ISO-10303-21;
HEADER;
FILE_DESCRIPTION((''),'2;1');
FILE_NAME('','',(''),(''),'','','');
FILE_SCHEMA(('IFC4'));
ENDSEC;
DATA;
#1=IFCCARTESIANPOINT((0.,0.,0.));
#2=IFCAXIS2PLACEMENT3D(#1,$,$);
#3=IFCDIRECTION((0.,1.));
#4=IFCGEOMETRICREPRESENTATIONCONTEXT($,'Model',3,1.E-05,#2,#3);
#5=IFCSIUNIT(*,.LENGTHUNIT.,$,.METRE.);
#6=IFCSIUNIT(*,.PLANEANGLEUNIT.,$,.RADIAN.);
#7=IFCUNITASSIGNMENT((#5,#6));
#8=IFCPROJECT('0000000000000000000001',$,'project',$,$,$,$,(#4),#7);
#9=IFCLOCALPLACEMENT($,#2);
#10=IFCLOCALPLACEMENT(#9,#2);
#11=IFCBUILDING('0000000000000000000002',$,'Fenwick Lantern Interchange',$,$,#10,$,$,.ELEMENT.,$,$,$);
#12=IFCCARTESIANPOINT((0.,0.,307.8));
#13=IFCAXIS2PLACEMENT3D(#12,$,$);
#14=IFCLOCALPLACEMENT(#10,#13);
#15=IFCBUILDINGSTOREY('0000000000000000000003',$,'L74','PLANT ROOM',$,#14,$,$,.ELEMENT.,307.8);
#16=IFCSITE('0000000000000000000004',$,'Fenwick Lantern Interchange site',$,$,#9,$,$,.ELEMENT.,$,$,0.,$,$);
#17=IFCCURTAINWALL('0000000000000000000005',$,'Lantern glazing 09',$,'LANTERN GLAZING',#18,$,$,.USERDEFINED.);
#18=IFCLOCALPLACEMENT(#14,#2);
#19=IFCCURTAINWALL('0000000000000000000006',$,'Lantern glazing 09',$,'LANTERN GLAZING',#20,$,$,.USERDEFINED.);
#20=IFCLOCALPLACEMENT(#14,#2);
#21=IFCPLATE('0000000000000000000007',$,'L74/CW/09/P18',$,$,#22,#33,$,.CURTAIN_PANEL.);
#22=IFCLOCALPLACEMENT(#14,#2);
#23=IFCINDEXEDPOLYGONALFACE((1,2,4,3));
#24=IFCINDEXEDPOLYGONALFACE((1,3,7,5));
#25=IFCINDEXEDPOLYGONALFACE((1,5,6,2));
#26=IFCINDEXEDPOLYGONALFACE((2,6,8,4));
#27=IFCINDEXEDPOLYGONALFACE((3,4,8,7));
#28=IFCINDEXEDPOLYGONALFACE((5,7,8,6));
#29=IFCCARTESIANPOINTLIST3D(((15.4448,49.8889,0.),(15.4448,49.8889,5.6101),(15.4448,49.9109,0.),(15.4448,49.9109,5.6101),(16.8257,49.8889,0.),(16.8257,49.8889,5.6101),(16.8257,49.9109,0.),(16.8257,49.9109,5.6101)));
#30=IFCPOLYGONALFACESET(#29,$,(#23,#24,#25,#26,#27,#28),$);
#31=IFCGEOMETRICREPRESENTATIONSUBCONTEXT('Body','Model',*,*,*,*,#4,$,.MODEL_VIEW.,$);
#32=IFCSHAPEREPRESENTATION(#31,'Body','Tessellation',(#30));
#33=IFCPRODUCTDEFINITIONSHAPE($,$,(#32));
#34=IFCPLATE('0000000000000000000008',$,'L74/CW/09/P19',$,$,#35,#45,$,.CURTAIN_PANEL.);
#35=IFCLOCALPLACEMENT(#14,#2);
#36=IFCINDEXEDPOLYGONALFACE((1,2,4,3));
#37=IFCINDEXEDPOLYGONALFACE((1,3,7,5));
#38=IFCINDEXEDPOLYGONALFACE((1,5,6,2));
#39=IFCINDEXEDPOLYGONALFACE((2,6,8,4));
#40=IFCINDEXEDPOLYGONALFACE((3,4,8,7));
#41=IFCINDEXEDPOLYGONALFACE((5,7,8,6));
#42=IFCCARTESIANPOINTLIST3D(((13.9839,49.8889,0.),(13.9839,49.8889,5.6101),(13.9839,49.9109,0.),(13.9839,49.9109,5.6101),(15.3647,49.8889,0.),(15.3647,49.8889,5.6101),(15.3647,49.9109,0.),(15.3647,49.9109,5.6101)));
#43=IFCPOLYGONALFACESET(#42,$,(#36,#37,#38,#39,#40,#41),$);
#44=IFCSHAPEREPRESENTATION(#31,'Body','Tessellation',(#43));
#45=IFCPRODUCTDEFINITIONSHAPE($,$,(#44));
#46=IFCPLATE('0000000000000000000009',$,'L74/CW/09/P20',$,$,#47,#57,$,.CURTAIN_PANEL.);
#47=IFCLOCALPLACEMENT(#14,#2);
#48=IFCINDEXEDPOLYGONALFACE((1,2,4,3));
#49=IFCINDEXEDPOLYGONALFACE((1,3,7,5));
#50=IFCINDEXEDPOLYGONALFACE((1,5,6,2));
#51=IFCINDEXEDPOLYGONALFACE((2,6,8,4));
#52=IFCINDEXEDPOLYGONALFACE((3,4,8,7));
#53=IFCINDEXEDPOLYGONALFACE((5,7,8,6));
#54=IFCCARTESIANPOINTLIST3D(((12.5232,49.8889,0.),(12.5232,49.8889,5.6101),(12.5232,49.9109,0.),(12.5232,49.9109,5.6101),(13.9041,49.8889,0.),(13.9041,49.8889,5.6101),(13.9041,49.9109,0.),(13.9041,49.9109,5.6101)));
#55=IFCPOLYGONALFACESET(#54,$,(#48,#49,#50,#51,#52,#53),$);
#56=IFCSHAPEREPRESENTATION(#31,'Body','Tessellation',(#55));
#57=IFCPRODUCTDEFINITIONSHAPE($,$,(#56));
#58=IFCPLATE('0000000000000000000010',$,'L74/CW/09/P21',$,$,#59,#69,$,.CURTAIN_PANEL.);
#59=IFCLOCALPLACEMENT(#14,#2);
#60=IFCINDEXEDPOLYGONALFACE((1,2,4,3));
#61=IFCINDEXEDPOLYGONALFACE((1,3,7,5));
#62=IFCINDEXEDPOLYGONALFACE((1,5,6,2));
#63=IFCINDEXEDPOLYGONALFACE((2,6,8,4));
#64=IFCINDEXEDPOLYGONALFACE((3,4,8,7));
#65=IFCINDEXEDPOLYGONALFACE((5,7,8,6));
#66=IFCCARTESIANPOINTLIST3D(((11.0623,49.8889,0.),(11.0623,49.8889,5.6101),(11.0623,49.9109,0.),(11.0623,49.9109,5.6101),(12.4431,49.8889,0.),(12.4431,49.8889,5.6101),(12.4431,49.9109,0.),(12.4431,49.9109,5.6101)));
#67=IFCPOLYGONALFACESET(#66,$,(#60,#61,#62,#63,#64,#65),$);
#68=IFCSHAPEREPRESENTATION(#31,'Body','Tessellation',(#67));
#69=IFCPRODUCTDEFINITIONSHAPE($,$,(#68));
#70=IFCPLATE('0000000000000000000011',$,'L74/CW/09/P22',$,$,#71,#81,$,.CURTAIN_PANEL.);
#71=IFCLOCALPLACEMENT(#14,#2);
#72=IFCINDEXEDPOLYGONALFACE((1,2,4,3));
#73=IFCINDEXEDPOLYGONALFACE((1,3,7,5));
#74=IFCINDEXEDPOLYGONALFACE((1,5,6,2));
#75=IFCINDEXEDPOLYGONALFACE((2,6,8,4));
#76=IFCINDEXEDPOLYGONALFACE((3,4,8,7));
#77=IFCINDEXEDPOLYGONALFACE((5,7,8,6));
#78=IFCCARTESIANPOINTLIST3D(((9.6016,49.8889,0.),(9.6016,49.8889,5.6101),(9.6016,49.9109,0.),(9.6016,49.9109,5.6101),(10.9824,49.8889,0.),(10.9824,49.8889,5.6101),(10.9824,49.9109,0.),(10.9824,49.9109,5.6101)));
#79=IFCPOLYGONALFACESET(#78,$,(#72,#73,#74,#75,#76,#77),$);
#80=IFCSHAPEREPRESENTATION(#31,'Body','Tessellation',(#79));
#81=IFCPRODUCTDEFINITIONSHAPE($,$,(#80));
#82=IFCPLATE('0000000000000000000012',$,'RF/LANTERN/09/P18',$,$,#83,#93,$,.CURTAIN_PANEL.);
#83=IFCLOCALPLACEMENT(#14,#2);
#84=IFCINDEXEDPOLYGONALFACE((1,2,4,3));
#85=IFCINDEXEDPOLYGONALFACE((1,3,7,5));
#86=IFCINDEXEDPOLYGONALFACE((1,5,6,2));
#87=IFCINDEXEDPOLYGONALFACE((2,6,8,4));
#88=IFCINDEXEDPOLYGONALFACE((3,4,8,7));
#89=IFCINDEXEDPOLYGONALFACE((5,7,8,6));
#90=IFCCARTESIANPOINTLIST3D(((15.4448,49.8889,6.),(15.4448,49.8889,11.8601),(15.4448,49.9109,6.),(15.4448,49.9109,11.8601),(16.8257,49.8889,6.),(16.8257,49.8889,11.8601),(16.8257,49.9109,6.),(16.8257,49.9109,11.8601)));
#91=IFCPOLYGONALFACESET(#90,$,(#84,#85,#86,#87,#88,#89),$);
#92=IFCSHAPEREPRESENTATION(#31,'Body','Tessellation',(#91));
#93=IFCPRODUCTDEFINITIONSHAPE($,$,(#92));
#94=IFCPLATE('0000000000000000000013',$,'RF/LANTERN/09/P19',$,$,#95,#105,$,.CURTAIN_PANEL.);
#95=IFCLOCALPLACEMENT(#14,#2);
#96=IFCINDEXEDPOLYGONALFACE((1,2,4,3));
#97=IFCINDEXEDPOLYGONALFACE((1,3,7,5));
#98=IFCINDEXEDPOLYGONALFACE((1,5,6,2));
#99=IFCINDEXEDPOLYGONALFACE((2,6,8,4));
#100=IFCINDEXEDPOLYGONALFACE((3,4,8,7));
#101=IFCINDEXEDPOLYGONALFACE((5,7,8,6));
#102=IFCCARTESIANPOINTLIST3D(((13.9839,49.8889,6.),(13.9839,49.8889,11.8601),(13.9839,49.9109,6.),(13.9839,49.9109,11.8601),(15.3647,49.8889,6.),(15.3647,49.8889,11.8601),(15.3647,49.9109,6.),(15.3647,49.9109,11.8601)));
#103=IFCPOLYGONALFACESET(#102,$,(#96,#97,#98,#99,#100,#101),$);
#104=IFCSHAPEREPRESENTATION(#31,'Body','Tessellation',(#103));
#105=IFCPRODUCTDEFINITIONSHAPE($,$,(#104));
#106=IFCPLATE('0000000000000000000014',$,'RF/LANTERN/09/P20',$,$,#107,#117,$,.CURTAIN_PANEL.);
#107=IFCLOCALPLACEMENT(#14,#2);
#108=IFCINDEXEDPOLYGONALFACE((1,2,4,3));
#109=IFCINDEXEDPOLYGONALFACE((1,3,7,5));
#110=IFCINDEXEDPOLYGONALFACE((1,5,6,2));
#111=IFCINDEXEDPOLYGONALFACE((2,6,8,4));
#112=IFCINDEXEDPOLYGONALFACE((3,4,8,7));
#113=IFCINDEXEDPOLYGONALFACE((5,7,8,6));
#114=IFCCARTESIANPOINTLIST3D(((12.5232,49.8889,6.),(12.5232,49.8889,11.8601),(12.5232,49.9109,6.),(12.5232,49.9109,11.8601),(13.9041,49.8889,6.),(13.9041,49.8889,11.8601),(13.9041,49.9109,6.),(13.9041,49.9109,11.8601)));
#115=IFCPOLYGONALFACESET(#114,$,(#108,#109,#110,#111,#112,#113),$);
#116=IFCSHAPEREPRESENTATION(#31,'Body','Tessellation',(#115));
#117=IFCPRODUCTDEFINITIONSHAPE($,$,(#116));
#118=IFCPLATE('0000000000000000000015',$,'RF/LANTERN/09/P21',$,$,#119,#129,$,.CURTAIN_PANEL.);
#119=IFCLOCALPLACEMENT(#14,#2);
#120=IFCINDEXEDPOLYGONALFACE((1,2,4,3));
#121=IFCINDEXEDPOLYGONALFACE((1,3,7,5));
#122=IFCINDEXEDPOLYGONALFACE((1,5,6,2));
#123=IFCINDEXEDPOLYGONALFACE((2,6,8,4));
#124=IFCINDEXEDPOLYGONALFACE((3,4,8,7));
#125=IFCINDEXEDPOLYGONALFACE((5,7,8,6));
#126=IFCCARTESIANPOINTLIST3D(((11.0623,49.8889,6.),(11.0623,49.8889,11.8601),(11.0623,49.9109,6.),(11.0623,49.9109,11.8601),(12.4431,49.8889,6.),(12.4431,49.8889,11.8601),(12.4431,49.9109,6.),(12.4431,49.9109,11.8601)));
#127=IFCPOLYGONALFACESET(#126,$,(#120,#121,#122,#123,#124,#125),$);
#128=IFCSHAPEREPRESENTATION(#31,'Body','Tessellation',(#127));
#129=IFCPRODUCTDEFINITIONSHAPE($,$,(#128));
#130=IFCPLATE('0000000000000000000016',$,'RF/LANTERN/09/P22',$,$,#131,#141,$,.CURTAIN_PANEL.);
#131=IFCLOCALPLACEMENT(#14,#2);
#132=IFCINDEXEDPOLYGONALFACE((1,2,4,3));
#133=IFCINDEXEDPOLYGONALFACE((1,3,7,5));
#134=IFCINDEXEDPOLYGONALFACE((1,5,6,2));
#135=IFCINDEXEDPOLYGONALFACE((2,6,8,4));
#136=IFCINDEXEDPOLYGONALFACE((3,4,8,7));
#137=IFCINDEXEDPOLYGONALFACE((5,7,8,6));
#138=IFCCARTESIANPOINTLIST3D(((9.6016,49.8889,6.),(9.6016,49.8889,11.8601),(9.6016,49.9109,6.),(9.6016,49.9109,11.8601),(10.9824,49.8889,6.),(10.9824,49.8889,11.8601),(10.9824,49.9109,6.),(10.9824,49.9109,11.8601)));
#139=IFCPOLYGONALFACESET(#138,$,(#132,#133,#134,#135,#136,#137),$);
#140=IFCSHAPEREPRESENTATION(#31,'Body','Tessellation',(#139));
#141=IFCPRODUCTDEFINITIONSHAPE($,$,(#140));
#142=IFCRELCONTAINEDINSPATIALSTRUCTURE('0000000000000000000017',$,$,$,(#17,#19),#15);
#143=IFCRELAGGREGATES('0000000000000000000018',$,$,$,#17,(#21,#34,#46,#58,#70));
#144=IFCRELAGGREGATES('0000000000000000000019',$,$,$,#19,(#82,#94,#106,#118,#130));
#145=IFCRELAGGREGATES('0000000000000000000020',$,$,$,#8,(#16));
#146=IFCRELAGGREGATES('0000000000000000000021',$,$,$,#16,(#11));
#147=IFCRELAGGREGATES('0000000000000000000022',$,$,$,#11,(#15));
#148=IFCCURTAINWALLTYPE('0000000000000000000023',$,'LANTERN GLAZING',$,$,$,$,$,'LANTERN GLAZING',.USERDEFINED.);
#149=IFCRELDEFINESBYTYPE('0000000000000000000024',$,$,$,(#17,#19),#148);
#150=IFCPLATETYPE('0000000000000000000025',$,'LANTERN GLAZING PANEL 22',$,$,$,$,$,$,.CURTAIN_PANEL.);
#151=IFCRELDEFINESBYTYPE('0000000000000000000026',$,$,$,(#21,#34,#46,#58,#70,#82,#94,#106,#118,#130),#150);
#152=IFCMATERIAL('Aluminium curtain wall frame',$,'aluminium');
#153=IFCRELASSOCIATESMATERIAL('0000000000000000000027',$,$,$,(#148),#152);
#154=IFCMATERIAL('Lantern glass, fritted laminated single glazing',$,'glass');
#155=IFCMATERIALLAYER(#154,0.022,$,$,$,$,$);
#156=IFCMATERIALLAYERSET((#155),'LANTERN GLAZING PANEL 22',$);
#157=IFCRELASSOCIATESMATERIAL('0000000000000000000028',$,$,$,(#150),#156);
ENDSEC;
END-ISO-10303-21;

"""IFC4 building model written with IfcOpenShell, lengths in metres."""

from ifc_helpers import new_model, si_unit, direction, frame, origin, origin_2d, place, context, subcontext, project, spatial, rectangle, extrude, material, layer, layer_set, type_object, element, aggregate, save


model = new_model("IFC4")

# Units and contexts
model_context = context("Model", 3, precision=1e-05, world=origin(), true_north=direction((0.0, 1.0)))
body_context = subcontext(model_context, "Body", "Model", "MODEL_VIEW")
ifc_project = project(units=[si_unit("LENGTHUNIT", "METRE"), si_unit("PLANEANGLEUNIT", "RADIAN")], contexts=[model_context])

# Site, building, storey
site_placement = place(None, origin())
site = spatial("IfcSite", under=ifc_project, at=site_placement, Name="Fenwick Lantern Interchange site", CompositionType="ELEMENT", RefElevation=0.0)
building_placement = place(site_placement, origin())
building = spatial("IfcBuilding", under=site, at=building_placement, Name="Fenwick Lantern Interchange", CompositionType="ELEMENT")
storey_placement = place(building_placement, frame((0.0, 0.0, 307.8)))
storey = spatial("IfcBuildingStorey", under=building, at=storey_placement, Name="L74", Description="PLANT ROOM", CompositionType="ELEMENT", Elevation=307.8)

# Curtain walls
ifc_material_1 = material(Name="Aluminium curtain wall frame", Category="aluminium")
curtain_wall_type = type_object("IfcCurtainWallType", Name="LANTERN GLAZING", ElementType="LANTERN GLAZING", PredefinedType="USERDEFINED", material=ifc_material_1)
curtain_wall_1_placement = place(storey_placement, origin())
curtain_wall_1 = element("IfcCurtainWall", 1, at=curtain_wall_1_placement, inside=storey, type_object=curtain_wall_type, Name="Lantern glazing 09", ObjectType="LANTERN GLAZING", PredefinedType="USERDEFINED")
curtain_wall_2_placement = place(storey_placement, origin())
curtain_wall_2 = element("IfcCurtainWall", 2, at=curtain_wall_2_placement, inside=storey, type_object=curtain_wall_type, Name="Lantern glazing 09", ObjectType="LANTERN GLAZING", PredefinedType="USERDEFINED")

# Plates
ifc_material_2 = material(Name="Lantern glass, fritted laminated single glazing", Category="glass")
ifc_layer = layer(ifc_material_2, 0.022)
ifc_layer_set = layer_set([ifc_layer], Name="LANTERN GLAZING PANEL 22")
plate_type = type_object("IfcPlateType", Name="LANTERN GLAZING PANEL 22", PredefinedType="CURTAIN_PANEL", material=ifc_layer_set)
plate_1_placement = place(storey_placement, frame((16.1353, 49.8999, 0.0), z_axis=(0.0, 0.0, 1.0), x_axis=(-1.0, 0.0, 0.0)))
plate_1 = element("IfcPlate", 3, at=plate_1_placement, type_object=plate_type, Name="L74/CW/09/P18", PredefinedType="CURTAIN_PANEL", context=body_context, shape_type="SweptSolid", body=[
    extrude(rectangle(XDim=1.3809, YDim=0.022, at=origin_2d()), origin(), (0.0, 0.0, 1.0), 5.6101),
])
plate_2_placement = place(storey_placement, frame((14.6743, 49.8999, 0.0), z_axis=(0.0, 0.0, 1.0), x_axis=(-1.0, 0.0, 0.0)))
plate_2 = element("IfcPlate", 4, at=plate_2_placement, type_object=plate_type, Name="L74/CW/09/P19", PredefinedType="CURTAIN_PANEL", context=body_context, shape_type="SweptSolid", body=[
    extrude(rectangle(XDim=1.3809, YDim=0.022, at=origin_2d()), origin(), (0.0, 0.0, 1.0), 5.6101),
])
plate_3_placement = place(storey_placement, frame((13.2136, 49.8999, 0.0), z_axis=(0.0, 0.0, 1.0), x_axis=(-1.0, 0.0, 0.0)))
plate_3 = element("IfcPlate", 5, at=plate_3_placement, type_object=plate_type, Name="L74/CW/09/P20", PredefinedType="CURTAIN_PANEL", context=body_context, shape_type="SweptSolid", body=[
    extrude(rectangle(XDim=1.3809, YDim=0.022, at=origin_2d()), origin(), (0.0, 0.0, 1.0), 5.6101),
])
plate_4_placement = place(storey_placement, frame((11.7527, 49.8999, 0.0), z_axis=(0.0, 0.0, 1.0), x_axis=(-1.0, 0.0, 0.0)))
plate_4 = element("IfcPlate", 6, at=plate_4_placement, type_object=plate_type, Name="L74/CW/09/P21", PredefinedType="CURTAIN_PANEL", context=body_context, shape_type="SweptSolid", body=[
    extrude(rectangle(XDim=1.3809, YDim=0.022, at=origin_2d()), origin(), (0.0, 0.0, 1.0), 5.6101),
])
plate_5_placement = place(storey_placement, frame((10.292, 49.8999, 0.0), z_axis=(0.0, 0.0, 1.0), x_axis=(-1.0, 0.0, 0.0)))
plate_5 = element("IfcPlate", 7, at=plate_5_placement, type_object=plate_type, Name="L74/CW/09/P22", PredefinedType="CURTAIN_PANEL", context=body_context, shape_type="SweptSolid", body=[
    extrude(rectangle(XDim=1.3809, YDim=0.022, at=origin_2d()), origin(), (0.0, 0.0, 1.0), 5.6101),
])
aggregate(curtain_wall_1, [plate_1, plate_2, plate_3, plate_4, plate_5])
plate_6_placement = place(storey_placement, frame((16.1353, 49.8999, 6.0), z_axis=(0.0, 0.0, 1.0), x_axis=(-1.0, 0.0, 0.0)))
plate_6 = element("IfcPlate", 8, at=plate_6_placement, type_object=plate_type, Name="RF/LANTERN/09/P18", PredefinedType="CURTAIN_PANEL", context=body_context, shape_type="SweptSolid", body=[
    extrude(rectangle(XDim=1.3809, YDim=0.022, at=origin_2d()), origin(), (0.0, 0.0, 1.0), 5.8601),
])
plate_7_placement = place(storey_placement, frame((14.6743, 49.8999, 6.0), z_axis=(0.0, 0.0, 1.0), x_axis=(-1.0, 0.0, 0.0)))
plate_7 = element("IfcPlate", 9, at=plate_7_placement, type_object=plate_type, Name="RF/LANTERN/09/P19", PredefinedType="CURTAIN_PANEL", context=body_context, shape_type="SweptSolid", body=[
    extrude(rectangle(XDim=1.3809, YDim=0.022, at=origin_2d()), origin(), (0.0, 0.0, 1.0), 5.8601),
])
plate_8_placement = place(storey_placement, frame((13.2136, 49.8999, 6.0), z_axis=(0.0, 0.0, 1.0), x_axis=(-1.0, 0.0, 0.0)))
plate_8 = element("IfcPlate", 10, at=plate_8_placement, type_object=plate_type, Name="RF/LANTERN/09/P20", PredefinedType="CURTAIN_PANEL", context=body_context, shape_type="SweptSolid", body=[
    extrude(rectangle(XDim=1.3809, YDim=0.022, at=origin_2d()), origin(), (0.0, 0.0, 1.0), 5.8601),
])
plate_9_placement = place(storey_placement, frame((11.7527, 49.8999, 6.0), z_axis=(0.0, 0.0, 1.0), x_axis=(-1.0, 0.0, 0.0)))
plate_9 = element("IfcPlate", 11, at=plate_9_placement, type_object=plate_type, Name="RF/LANTERN/09/P21", PredefinedType="CURTAIN_PANEL", context=body_context, shape_type="SweptSolid", body=[
    extrude(rectangle(XDim=1.3809, YDim=0.022, at=origin_2d()), origin(), (0.0, 0.0, 1.0), 5.8601),
])
plate_10_placement = place(storey_placement, frame((10.292, 49.8999, 6.0), z_axis=(0.0, 0.0, 1.0), x_axis=(-1.0, 0.0, 0.0)))
plate_10 = element("IfcPlate", 12, at=plate_10_placement, type_object=plate_type, Name="RF/LANTERN/09/P22", PredefinedType="CURTAIN_PANEL", context=body_context, shape_type="SweptSolid", body=[
    extrude(rectangle(XDim=1.3809, YDim=0.022, at=origin_2d()), origin(), (0.0, 0.0, 1.0), 5.8601),
])
aggregate(curtain_wall_2, [plate_6, plate_7, plate_8, plate_9, plate_10])

save(model, "model.ifc")
